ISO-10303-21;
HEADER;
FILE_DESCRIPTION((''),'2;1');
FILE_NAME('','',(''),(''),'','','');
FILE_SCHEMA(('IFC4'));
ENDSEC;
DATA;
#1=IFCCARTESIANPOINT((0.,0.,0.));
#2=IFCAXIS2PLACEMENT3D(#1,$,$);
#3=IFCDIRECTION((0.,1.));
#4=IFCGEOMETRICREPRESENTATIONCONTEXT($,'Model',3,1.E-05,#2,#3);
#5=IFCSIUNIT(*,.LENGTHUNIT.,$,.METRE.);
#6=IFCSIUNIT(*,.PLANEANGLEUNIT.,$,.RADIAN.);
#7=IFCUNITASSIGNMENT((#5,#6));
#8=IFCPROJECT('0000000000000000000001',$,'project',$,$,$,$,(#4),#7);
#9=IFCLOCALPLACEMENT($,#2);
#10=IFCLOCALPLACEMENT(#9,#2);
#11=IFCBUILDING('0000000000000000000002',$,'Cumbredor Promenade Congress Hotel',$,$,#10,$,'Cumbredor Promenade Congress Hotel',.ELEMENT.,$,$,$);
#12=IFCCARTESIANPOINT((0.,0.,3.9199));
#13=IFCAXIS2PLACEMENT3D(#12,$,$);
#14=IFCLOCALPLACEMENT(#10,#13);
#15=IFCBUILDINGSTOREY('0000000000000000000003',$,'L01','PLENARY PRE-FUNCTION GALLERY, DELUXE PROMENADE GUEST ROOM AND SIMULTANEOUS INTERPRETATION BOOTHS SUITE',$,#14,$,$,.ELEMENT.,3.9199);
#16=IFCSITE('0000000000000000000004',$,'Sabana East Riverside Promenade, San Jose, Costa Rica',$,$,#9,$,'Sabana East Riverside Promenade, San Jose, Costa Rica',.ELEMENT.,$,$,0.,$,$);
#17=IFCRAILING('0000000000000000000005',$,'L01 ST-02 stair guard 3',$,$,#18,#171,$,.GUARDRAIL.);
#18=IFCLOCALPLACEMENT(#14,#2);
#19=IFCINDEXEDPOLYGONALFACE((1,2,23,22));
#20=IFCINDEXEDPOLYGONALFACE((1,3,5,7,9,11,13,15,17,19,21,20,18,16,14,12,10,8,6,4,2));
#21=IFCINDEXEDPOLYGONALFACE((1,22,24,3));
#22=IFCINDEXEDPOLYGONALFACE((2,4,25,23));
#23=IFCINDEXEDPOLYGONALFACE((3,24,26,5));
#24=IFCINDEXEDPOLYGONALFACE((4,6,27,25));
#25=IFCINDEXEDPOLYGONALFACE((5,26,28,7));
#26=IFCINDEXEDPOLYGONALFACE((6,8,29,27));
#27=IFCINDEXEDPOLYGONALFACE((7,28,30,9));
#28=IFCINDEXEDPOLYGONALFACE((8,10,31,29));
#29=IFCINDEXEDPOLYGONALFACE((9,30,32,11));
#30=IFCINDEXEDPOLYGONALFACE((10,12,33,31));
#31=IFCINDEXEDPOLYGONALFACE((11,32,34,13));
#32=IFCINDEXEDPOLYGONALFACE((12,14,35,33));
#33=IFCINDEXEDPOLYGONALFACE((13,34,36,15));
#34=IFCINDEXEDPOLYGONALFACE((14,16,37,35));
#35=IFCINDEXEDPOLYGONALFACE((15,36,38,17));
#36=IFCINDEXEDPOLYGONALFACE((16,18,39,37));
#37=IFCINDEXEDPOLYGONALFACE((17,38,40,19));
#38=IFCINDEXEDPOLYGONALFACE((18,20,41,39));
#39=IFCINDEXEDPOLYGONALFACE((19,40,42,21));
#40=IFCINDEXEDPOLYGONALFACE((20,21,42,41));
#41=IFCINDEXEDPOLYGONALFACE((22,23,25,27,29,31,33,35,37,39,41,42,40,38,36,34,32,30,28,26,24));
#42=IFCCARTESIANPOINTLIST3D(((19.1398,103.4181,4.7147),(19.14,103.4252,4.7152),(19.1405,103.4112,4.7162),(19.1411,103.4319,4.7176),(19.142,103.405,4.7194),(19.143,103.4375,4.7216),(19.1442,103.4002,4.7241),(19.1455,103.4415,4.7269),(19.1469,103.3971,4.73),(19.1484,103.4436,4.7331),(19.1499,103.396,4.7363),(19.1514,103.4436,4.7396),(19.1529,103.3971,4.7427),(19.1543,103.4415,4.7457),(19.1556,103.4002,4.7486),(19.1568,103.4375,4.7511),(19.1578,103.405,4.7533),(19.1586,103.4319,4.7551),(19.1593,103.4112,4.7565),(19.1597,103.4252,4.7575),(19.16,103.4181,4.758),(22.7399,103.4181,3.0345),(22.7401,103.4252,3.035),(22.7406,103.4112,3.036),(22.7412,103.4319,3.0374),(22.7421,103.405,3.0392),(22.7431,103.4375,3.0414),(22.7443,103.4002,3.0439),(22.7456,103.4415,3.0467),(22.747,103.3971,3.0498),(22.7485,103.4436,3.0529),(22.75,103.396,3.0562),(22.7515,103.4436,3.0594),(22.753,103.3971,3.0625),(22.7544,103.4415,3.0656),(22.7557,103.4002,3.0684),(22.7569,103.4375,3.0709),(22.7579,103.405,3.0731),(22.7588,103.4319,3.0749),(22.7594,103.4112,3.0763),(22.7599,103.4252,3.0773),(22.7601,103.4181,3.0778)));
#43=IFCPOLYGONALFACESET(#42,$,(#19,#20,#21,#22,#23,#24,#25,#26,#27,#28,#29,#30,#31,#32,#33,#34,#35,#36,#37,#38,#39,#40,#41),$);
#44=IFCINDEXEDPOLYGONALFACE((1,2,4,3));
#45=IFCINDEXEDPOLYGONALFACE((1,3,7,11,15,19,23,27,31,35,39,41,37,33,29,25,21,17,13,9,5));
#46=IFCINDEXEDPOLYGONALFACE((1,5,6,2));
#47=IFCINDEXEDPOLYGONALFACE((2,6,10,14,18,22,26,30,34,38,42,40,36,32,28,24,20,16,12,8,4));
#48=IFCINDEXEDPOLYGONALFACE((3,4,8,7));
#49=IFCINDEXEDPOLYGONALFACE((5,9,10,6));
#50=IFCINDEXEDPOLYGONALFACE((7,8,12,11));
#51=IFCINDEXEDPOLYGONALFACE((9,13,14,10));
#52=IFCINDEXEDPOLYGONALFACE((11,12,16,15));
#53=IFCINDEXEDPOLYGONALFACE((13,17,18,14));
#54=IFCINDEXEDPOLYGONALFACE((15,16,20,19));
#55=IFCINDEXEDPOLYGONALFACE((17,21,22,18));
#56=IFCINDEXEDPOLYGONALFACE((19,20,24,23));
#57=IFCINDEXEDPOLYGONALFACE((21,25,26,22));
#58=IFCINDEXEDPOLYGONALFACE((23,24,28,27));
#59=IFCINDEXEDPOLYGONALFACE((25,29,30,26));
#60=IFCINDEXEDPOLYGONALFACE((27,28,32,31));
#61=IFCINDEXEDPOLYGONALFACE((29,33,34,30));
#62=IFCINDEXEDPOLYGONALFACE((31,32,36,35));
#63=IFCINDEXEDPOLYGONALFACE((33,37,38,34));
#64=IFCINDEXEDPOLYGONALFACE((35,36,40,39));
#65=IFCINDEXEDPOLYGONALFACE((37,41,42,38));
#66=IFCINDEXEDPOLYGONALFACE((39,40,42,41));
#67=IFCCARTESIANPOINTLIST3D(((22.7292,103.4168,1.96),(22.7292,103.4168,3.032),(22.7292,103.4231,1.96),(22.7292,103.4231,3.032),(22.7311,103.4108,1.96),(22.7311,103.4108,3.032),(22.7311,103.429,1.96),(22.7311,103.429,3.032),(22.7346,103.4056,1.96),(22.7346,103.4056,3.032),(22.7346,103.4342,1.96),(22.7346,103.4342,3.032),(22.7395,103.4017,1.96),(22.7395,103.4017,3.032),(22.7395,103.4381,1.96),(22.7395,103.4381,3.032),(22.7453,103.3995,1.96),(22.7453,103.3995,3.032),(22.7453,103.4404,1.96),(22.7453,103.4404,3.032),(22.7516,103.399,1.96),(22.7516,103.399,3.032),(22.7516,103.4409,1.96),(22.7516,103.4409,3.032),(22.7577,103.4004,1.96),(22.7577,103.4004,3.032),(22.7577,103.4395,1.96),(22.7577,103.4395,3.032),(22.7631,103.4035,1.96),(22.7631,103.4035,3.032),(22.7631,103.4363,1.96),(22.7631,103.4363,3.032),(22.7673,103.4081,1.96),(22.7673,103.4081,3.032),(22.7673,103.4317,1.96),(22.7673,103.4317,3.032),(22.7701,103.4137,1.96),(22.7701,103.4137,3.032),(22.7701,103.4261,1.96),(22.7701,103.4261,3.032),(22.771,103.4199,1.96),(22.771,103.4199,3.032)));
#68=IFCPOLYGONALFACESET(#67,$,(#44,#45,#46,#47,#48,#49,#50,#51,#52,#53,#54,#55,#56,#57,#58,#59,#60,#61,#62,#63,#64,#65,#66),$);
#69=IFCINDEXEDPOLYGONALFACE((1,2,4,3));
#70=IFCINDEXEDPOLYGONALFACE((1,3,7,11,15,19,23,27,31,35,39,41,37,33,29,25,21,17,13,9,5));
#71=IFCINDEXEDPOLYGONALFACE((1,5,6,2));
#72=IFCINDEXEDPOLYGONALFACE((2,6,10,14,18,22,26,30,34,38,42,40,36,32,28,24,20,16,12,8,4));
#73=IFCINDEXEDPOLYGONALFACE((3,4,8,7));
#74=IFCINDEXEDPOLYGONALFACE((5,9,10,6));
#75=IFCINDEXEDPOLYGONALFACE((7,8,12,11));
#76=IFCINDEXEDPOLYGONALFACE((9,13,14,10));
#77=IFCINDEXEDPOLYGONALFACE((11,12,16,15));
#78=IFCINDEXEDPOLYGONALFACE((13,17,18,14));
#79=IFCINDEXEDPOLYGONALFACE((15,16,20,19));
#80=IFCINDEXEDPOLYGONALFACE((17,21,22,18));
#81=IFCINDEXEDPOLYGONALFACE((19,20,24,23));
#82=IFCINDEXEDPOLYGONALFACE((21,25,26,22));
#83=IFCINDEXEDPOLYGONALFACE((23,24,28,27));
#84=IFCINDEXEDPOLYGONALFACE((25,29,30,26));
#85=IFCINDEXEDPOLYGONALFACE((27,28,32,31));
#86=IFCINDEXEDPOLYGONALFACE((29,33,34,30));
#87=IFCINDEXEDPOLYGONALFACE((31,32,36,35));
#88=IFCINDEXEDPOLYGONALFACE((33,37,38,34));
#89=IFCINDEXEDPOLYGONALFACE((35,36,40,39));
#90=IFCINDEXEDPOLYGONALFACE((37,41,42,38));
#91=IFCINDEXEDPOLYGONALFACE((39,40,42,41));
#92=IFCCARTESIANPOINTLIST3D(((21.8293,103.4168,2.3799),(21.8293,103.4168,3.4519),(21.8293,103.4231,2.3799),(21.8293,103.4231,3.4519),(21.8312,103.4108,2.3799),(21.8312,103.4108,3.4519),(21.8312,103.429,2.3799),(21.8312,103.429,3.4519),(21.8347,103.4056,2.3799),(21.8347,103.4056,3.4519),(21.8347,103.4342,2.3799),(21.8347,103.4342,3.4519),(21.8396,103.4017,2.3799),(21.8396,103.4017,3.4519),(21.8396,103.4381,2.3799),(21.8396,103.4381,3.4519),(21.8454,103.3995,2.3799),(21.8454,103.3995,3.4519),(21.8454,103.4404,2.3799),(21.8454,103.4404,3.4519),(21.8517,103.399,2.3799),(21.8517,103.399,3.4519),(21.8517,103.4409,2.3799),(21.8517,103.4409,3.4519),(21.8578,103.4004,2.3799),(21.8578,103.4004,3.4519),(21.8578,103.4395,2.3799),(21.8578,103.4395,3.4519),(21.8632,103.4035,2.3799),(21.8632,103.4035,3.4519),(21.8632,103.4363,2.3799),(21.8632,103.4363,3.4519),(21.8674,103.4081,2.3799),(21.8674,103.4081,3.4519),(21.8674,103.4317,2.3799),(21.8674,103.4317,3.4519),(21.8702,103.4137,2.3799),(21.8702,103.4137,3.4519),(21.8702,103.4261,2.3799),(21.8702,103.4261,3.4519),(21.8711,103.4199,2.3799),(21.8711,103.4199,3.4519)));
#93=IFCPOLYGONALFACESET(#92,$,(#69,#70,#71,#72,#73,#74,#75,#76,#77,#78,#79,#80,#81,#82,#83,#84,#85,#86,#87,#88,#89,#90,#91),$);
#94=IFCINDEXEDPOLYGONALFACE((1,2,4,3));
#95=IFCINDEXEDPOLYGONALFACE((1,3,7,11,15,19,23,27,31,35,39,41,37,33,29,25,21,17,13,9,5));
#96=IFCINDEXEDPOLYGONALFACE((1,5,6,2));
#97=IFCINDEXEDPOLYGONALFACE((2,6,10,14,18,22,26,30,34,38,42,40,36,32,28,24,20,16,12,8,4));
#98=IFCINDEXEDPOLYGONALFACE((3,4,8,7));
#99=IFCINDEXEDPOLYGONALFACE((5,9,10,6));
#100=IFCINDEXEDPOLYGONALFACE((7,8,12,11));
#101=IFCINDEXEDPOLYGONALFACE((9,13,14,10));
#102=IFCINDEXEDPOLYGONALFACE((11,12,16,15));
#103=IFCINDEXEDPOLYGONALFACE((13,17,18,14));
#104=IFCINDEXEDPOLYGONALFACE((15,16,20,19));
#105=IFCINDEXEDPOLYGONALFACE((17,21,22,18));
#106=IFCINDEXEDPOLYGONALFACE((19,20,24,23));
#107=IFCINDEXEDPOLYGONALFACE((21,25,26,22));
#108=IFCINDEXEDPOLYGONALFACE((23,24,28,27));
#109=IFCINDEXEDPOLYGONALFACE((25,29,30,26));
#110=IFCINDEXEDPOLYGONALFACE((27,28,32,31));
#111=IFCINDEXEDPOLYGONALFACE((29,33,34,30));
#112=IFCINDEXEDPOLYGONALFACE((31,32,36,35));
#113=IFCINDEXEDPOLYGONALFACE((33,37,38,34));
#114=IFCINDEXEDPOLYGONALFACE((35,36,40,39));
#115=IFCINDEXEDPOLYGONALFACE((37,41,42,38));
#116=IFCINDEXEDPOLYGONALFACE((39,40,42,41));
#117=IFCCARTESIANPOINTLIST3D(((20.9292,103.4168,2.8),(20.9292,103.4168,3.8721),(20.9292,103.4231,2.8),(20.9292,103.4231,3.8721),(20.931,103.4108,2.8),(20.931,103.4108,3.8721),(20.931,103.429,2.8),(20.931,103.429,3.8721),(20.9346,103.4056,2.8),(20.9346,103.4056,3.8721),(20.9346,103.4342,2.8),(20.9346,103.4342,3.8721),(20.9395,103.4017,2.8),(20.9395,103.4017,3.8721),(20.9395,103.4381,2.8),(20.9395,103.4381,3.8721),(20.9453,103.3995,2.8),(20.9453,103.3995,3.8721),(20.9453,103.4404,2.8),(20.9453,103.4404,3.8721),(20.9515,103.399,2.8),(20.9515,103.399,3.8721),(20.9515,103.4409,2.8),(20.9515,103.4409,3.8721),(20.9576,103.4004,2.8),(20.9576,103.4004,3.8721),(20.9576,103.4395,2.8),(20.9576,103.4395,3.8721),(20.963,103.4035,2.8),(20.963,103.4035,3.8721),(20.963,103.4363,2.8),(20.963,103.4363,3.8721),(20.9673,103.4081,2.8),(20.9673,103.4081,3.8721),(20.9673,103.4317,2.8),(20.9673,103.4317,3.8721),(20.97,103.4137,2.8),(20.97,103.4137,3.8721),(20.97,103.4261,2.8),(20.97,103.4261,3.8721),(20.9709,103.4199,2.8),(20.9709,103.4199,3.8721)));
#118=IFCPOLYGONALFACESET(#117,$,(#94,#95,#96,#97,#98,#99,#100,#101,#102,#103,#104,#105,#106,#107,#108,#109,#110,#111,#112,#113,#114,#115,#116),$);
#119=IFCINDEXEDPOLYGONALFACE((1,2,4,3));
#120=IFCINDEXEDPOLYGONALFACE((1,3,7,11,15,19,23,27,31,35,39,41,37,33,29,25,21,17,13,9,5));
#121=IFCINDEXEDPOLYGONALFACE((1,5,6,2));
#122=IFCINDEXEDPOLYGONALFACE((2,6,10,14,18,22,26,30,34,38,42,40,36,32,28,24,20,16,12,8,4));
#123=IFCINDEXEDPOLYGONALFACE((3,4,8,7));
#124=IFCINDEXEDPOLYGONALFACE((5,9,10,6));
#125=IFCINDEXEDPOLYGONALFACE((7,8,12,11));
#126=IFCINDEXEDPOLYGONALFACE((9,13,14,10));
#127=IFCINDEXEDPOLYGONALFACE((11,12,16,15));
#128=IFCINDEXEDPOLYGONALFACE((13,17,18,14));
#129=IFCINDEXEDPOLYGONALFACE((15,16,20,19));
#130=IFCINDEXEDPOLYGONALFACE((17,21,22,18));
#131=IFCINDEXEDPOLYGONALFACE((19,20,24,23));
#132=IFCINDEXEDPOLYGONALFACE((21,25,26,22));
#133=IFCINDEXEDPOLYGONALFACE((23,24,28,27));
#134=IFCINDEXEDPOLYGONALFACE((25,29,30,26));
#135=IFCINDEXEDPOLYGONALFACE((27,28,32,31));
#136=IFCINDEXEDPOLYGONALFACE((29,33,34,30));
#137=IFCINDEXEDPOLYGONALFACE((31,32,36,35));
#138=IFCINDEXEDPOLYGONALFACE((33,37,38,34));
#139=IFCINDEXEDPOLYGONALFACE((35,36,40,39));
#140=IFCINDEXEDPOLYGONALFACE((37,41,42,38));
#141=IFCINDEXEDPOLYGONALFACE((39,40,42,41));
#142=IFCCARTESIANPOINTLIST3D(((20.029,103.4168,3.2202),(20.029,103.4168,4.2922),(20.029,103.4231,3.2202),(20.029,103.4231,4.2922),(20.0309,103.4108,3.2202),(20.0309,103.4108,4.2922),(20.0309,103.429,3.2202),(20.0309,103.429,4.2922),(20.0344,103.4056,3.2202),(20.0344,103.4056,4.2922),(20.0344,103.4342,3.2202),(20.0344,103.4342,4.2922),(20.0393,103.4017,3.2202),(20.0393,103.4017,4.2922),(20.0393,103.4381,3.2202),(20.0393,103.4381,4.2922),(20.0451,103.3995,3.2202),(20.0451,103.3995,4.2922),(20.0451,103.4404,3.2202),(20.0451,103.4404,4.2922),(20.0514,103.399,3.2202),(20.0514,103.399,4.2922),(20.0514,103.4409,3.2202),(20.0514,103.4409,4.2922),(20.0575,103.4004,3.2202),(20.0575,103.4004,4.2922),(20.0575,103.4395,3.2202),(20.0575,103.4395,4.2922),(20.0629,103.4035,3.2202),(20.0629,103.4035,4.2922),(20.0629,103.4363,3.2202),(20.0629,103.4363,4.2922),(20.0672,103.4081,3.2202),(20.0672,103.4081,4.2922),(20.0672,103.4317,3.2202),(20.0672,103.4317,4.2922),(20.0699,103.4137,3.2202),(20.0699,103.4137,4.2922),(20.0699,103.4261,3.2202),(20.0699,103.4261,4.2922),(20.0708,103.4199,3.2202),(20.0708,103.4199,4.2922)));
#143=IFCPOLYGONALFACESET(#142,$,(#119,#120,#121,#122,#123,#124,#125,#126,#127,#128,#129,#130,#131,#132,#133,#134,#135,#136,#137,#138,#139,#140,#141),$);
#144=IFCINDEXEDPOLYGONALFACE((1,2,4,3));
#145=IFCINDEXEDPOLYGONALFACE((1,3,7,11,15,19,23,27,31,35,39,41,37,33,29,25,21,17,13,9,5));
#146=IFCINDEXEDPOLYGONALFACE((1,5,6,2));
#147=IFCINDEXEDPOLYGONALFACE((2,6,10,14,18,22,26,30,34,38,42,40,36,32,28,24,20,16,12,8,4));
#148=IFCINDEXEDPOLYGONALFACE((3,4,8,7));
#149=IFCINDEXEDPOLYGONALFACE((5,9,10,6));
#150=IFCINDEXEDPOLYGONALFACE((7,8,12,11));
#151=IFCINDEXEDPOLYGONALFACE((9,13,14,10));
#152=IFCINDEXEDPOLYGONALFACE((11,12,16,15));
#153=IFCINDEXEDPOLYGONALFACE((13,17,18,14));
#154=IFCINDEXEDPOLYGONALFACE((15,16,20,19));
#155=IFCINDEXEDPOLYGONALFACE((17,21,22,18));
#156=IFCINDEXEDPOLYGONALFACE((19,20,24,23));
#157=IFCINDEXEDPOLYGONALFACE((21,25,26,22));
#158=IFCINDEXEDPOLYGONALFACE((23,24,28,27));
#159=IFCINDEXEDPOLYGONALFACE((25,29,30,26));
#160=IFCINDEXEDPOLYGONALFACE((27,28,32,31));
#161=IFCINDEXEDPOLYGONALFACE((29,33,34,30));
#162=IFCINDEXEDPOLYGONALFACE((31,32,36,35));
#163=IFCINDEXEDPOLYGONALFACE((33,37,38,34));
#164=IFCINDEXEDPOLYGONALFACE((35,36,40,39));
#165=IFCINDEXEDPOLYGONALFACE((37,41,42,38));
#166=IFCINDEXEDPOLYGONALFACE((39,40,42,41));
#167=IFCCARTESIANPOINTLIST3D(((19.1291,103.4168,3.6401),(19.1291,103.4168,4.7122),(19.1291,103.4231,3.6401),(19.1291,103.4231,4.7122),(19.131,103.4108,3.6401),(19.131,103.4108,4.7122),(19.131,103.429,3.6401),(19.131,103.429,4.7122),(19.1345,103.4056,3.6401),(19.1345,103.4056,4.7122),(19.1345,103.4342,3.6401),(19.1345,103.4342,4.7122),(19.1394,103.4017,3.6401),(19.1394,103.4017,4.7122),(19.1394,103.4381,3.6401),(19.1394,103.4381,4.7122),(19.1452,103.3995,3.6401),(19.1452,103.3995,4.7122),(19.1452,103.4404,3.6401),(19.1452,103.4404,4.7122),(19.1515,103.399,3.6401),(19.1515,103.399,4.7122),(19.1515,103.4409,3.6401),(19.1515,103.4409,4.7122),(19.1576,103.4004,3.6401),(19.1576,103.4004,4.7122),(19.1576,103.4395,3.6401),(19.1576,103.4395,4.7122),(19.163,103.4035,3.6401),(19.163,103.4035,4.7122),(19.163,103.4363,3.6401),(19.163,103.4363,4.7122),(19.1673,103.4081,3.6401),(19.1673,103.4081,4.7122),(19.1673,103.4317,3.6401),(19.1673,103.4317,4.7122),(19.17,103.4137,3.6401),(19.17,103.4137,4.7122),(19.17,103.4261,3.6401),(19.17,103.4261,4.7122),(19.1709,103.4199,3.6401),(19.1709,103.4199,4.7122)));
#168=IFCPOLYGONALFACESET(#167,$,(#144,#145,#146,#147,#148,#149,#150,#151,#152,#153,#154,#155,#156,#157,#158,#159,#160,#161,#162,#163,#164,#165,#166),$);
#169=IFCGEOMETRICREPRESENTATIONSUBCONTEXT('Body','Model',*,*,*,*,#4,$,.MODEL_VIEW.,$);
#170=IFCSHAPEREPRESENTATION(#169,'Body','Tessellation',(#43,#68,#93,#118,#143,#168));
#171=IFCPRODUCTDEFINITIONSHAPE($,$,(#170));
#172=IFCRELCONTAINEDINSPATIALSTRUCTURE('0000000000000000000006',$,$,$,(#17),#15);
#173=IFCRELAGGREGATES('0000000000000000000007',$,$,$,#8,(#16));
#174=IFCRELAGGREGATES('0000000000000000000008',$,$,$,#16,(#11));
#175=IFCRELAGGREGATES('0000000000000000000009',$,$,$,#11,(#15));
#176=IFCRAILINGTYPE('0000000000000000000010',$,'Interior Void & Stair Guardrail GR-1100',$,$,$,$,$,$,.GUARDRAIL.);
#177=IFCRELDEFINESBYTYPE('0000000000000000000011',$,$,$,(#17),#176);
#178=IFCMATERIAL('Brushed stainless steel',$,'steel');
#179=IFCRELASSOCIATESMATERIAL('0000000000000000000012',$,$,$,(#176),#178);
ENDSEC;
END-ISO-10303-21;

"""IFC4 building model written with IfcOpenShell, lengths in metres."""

from ifc_helpers import new_model, si_unit, direction, frame, origin, origin_2d, place, context, subcontext, project, spatial, circle, extrude, material, type_object, element, save


model = new_model("IFC4")

# Units and contexts
model_context = context("Model", 3, precision=1e-05, world=origin(), true_north=direction((0.0, 1.0)))
body_context = subcontext(model_context, "Body", "Model", "MODEL_VIEW")
ifc_project = project(units=[si_unit("LENGTHUNIT", "METRE"), si_unit("PLANEANGLEUNIT", "RADIAN")], contexts=[model_context])

# Site, building, storey
site_placement = place(None, origin())
site = spatial("IfcSite", under=ifc_project, at=site_placement, Name="Sabana East Riverside Promenade, San Jose, Costa Rica", LongName="Sabana East Riverside Promenade, San Jose, Costa Rica", CompositionType="ELEMENT", RefElevation=0.0)
building_placement = place(site_placement, origin())
building = spatial("IfcBuilding", under=site, at=building_placement, Name="Cumbredor Promenade Congress Hotel", LongName="Cumbredor Promenade Congress Hotel", CompositionType="ELEMENT")
storey_placement = place(building_placement, frame((0.0, 0.0, 3.9199)))
storey = spatial("IfcBuildingStorey", under=building, at=storey_placement, Name="L01", Description="PLENARY PRE-FUNCTION GALLERY, DELUXE PROMENADE GUEST ROOM AND SIMULTANEOUS INTERPRETATION BOOTHS SUITE", CompositionType="ELEMENT", Elevation=3.9199)

# Railing
ifc_material_1 = material(Name="Brushed stainless steel", Category="steel")
railing_type_1 = type_object("IfcRailingType", Name="Interior Void & Stair Guardrail GR-1100", PredefinedType="GUARDRAIL", material=ifc_material_1)
railing_1_placement = place(storey_placement, frame((22.75, 103.4199, 1.96)))
element("IfcRailing", 1, at=railing_1_placement, inside=storey, type_object=railing_type_1, Name="L01 ST-02 stair guard 3", PredefinedType="GUARDRAIL", context=body_context, shape_type="SweptSolid", body=[
    extrude(circle(Radius=0.0239, at=origin_2d()), frame((0.0, 0.0, 1.0962), z_axis=(-0.906171, 0.0, 0.422912), x_axis=(0.0, -1.0, 0.0)), (0.0, 0.0, 1.0), 3.9729),
    extrude(circle(Radius=0.021, at=origin_2d()), origin(), (0.0, 0.0, 1.0), 1.072),
    extrude(circle(Radius=0.021, at=origin_2d()), frame((-0.8999, 0.0, 0.4199)), (0.0, 0.0, 1.0), 1.072),
    extrude(circle(Radius=0.021, at=origin_2d()), frame((-1.8, 0.0, 0.8401)), (0.0, 0.0, 1.0), 1.072),
    extrude(circle(Radius=0.021, at=origin_2d()), frame((-2.7002, 0.0, 1.2603)), (0.0, 0.0, 1.0), 1.072),
    extrude(circle(Radius=0.021, at=origin_2d()), frame((-3.6001, 0.0, 1.6802)), (0.0, 0.0, 1.0), 1.072),
])

save(model, "model.ifc")
